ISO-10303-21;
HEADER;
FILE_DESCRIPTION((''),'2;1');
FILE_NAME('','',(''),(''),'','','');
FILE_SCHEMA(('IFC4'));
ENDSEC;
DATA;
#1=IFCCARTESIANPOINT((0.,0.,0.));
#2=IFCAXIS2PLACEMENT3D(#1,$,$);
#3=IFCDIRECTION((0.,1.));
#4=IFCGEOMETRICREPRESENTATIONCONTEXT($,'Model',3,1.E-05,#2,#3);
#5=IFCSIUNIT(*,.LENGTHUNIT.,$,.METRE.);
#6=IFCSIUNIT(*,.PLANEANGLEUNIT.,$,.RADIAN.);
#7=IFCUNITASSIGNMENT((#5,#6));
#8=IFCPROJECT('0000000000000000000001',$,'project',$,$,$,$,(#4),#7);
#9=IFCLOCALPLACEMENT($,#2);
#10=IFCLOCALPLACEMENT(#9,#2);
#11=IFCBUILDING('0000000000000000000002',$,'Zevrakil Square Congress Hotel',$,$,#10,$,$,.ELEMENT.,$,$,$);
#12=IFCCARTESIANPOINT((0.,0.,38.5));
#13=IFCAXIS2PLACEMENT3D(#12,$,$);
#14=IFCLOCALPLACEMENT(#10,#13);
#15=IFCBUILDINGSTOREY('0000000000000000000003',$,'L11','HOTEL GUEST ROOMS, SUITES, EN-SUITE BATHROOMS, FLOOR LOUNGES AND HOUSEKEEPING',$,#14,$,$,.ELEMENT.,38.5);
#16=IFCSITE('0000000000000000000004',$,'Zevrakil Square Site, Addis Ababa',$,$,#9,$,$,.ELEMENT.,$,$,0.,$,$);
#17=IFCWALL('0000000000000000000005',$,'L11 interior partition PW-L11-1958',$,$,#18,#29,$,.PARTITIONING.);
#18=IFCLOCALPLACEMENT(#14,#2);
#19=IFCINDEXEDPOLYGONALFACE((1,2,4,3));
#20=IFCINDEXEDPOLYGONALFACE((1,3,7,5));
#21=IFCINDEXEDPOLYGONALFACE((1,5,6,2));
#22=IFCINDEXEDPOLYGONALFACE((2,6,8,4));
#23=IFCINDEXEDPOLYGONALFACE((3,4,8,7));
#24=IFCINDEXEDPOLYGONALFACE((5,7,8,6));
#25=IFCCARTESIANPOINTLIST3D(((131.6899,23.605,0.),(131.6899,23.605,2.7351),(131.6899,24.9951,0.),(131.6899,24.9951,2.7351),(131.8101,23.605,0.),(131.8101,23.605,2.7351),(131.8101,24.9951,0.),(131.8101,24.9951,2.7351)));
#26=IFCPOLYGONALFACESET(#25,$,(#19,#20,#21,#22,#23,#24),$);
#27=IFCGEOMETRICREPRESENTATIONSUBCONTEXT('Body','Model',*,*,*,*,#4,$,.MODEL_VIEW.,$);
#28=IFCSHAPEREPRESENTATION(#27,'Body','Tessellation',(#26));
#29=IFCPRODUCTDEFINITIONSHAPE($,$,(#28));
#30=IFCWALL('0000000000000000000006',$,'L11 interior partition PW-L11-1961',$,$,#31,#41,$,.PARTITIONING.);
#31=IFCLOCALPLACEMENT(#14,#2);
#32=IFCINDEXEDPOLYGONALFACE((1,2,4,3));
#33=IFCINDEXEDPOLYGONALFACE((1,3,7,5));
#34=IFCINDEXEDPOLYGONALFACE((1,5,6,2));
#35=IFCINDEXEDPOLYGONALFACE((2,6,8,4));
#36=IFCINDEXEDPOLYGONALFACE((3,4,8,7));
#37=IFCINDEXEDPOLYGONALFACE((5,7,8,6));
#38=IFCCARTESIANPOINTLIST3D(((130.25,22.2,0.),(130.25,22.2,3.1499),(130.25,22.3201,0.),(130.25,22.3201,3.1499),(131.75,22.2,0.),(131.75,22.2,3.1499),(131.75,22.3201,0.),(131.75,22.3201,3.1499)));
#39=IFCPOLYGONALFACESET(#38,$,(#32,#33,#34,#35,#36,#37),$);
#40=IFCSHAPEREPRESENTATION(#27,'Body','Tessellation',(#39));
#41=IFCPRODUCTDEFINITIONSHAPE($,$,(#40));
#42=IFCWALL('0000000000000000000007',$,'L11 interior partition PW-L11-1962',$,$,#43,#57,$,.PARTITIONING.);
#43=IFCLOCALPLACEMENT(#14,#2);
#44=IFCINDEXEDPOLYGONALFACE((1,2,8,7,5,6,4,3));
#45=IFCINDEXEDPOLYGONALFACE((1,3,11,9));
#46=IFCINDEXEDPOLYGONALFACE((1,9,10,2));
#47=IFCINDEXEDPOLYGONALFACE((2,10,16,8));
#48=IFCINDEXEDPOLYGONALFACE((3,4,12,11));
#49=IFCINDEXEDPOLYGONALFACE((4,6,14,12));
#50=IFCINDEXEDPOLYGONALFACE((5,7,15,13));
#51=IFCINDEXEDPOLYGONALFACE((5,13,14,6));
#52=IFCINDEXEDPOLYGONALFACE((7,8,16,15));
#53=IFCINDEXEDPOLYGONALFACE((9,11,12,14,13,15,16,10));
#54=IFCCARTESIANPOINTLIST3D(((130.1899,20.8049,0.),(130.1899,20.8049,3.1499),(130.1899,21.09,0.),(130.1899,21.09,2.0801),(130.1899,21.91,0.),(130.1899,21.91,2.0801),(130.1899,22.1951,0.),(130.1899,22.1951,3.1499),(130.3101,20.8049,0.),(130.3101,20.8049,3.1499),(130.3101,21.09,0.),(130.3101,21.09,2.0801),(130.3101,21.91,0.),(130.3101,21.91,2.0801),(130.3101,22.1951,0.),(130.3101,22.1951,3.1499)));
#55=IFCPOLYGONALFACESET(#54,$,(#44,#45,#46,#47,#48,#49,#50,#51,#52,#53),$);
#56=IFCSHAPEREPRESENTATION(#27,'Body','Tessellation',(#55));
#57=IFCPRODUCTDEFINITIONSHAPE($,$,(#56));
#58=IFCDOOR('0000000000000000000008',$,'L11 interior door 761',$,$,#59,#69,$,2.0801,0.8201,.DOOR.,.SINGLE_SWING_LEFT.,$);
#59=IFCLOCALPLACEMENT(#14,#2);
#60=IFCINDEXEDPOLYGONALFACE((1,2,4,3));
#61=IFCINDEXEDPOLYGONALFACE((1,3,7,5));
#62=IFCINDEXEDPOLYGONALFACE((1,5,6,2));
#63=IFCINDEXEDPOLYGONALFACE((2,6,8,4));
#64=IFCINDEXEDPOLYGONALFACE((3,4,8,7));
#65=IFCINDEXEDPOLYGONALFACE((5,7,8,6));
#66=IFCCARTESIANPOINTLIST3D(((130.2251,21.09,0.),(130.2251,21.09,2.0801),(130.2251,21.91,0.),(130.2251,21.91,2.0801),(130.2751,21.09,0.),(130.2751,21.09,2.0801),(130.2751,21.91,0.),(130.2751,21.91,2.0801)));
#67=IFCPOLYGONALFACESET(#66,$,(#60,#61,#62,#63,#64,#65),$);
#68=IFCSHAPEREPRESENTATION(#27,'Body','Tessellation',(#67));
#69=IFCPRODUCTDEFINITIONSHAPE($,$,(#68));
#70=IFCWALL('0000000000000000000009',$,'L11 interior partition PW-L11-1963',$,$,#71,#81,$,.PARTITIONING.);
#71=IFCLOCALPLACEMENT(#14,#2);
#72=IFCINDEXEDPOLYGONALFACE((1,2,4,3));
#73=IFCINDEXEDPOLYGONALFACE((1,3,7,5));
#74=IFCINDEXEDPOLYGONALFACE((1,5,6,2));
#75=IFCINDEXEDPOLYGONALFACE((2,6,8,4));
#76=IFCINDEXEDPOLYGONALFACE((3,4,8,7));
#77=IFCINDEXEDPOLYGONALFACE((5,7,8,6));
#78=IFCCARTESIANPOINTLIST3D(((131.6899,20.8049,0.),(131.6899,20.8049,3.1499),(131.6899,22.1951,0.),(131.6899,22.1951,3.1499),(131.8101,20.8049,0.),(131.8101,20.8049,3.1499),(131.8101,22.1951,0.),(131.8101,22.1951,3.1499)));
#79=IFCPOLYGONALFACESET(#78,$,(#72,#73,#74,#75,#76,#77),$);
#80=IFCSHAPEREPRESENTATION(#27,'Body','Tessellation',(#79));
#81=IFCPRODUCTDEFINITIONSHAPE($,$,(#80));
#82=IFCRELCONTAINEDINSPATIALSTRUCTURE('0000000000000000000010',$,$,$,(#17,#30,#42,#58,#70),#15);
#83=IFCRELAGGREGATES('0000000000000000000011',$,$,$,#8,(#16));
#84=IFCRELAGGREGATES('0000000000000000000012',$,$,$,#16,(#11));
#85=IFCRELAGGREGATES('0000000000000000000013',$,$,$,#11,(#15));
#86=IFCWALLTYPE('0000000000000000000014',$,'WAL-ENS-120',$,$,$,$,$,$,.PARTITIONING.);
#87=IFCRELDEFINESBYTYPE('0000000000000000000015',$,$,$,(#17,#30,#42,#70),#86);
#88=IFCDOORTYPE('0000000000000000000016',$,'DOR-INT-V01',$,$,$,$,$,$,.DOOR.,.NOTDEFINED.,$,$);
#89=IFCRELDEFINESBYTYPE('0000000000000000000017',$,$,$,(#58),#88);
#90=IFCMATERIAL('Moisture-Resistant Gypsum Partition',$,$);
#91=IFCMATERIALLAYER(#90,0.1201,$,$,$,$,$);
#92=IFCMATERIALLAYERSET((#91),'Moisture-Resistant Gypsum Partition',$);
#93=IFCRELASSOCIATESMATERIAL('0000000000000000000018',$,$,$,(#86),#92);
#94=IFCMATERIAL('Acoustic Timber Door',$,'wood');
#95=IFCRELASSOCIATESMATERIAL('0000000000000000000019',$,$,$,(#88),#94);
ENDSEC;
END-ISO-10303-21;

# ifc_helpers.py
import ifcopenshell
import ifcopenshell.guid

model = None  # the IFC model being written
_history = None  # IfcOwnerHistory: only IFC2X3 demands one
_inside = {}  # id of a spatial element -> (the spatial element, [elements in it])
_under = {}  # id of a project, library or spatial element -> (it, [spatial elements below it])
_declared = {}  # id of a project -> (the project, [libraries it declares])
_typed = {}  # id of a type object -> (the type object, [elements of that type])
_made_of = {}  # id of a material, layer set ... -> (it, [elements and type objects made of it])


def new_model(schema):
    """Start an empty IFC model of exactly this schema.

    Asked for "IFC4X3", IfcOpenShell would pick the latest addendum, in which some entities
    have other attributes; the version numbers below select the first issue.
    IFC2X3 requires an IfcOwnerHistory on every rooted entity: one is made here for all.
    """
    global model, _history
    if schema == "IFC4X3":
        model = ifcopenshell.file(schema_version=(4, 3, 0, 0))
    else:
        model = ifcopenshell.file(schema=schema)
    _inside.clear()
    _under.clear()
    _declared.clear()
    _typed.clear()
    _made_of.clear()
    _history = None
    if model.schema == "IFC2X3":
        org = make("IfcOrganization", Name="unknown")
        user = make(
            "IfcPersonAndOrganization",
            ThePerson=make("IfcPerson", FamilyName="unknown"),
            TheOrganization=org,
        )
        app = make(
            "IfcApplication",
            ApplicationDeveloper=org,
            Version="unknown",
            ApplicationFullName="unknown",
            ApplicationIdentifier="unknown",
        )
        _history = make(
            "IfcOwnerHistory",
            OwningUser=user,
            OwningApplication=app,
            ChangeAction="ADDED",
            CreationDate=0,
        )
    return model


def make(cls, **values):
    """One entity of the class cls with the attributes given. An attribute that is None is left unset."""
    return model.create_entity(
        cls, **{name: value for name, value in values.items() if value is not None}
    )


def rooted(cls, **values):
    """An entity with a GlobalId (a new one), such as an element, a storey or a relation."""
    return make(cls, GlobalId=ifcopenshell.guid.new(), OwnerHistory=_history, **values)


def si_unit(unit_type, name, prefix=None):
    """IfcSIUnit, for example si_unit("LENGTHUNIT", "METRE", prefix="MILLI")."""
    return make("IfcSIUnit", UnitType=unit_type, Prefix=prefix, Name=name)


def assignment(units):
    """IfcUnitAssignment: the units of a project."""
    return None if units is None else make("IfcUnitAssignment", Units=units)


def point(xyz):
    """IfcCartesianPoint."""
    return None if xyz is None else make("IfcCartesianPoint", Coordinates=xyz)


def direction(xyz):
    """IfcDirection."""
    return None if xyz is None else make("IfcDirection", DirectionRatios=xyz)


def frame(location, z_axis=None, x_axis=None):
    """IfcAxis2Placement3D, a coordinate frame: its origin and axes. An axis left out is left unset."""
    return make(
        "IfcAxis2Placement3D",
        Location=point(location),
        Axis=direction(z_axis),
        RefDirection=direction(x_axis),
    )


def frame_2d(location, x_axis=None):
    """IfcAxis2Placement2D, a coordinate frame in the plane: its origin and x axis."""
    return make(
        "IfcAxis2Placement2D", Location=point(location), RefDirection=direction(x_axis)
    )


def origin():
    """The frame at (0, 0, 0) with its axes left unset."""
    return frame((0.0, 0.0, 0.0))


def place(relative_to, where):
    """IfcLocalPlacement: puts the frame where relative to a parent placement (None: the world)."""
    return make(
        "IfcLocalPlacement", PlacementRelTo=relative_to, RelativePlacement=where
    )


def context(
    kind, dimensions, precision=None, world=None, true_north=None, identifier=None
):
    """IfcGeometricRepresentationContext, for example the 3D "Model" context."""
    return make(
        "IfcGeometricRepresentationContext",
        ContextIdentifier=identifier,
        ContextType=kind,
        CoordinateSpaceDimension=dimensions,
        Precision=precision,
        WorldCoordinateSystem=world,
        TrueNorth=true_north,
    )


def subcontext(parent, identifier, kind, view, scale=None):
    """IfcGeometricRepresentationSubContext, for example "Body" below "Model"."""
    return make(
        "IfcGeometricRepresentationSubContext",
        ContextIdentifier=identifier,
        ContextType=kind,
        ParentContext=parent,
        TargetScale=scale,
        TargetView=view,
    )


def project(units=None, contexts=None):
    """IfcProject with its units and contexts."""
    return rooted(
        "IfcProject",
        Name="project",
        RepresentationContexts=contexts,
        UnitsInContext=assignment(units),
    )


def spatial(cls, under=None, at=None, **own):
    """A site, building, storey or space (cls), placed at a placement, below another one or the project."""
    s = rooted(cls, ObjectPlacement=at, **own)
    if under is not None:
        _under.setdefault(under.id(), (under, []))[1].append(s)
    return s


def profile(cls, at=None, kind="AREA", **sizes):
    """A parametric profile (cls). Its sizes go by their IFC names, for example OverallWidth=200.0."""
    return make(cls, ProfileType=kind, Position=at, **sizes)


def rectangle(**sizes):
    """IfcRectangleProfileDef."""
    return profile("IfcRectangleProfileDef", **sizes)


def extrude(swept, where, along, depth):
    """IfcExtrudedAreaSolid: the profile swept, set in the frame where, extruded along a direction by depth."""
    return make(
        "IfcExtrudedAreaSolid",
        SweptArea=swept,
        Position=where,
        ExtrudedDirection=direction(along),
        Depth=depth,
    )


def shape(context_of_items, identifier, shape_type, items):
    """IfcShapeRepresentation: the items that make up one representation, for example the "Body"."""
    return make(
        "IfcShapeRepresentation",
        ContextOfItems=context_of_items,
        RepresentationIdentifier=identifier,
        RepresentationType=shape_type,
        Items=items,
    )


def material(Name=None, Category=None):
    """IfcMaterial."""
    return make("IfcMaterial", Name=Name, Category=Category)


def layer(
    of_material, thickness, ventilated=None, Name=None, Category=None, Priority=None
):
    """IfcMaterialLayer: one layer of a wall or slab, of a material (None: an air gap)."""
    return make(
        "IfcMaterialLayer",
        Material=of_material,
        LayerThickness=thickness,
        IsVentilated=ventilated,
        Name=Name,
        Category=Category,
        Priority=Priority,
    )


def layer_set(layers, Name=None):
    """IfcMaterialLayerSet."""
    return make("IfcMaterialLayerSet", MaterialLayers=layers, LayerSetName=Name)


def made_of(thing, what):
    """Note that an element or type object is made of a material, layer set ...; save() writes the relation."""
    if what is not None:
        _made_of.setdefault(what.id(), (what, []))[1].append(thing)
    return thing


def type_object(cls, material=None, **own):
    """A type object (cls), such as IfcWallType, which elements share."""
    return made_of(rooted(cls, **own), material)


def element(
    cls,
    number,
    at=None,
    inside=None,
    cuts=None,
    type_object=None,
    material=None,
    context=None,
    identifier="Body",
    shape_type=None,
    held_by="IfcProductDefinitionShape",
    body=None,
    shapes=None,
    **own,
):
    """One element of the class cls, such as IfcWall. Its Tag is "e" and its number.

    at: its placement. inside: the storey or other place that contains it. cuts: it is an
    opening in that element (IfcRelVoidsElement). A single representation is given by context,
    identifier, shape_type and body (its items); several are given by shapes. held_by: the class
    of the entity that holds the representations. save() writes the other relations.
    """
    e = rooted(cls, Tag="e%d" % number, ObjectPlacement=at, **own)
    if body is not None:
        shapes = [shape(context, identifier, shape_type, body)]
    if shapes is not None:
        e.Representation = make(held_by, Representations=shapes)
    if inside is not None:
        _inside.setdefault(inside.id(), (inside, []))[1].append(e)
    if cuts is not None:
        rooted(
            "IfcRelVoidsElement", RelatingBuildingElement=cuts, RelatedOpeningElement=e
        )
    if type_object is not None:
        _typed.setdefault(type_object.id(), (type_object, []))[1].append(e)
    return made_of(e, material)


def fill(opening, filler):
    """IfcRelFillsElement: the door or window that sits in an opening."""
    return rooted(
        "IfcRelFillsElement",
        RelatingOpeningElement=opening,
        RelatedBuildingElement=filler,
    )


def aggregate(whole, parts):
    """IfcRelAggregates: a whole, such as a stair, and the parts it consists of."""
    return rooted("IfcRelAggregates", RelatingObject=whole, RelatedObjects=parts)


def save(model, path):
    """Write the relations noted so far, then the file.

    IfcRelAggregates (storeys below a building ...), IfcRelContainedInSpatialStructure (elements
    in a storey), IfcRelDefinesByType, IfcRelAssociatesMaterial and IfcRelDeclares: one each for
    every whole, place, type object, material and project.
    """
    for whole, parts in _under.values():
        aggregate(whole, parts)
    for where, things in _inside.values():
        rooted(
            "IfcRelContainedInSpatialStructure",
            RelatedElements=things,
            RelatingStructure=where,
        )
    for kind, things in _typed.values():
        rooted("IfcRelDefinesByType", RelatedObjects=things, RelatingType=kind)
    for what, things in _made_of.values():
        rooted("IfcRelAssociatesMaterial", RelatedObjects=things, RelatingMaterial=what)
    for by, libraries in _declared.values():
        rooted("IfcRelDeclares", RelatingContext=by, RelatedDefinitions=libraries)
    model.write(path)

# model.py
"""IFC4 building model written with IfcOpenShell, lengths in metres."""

from ifc_helpers import new_model, si_unit, direction, frame, frame_2d, origin, place, context, subcontext, project, spatial, rectangle, extrude, material, layer, layer_set, type_object, element, fill, save


model = new_model("IFC4")

# Units and contexts
model_context = context("Model", 3, precision=1e-05, world=origin(), true_north=direction((0.0, 1.0)))
body_context = subcontext(model_context, "Body", "Model", "MODEL_VIEW")
ifc_project = project(units=[si_unit("LENGTHUNIT", "METRE"), si_unit("PLANEANGLEUNIT", "RADIAN")], contexts=[model_context])

# Site, building, storey
site_placement = place(None, origin())
site = spatial("IfcSite", under=ifc_project, at=site_placement, Name="Zevrakil Square Site, Addis Ababa", CompositionType="ELEMENT", RefElevation=0.0)
building_placement = place(site_placement, origin())
building = spatial("IfcBuilding", under=site, at=building_placement, Name="Zevrakil Square Congress Hotel", CompositionType="ELEMENT")
storey_placement = place(building_placement, frame((0.0, 0.0, 38.5)))
storey = spatial("IfcBuildingStorey", under=building, at=storey_placement, Name="L11", Description="HOTEL GUEST ROOMS, SUITES, EN-SUITE BATHROOMS, FLOOR LOUNGES AND HOUSEKEEPING", CompositionType="ELEMENT", Elevation=38.5)

# Shared definitions
ifc_material_1 = material(Name="Moisture-Resistant Gypsum Partition")
ifc_layer_1 = layer(ifc_material_1, 0.1201)
ifc_layer_set_1 = layer_set([ifc_layer_1], Name="Moisture-Resistant Gypsum Partition")
wall_type_1 = type_object("IfcWallType", Name="WAL-ENS-120", PredefinedType="PARTITIONING", material=ifc_layer_set_1)

# Shared definitions
ifc_material_2 = material(Name="Acoustic Timber Door", Category="wood")
door_type_1 = type_object("IfcDoorType", Name="DOR-INT-V01", OperationType="NOTDEFINED", PredefinedType="DOOR", material=ifc_material_2)

# Walls
wall_1_placement = place(storey_placement, frame((131.75, 23.605, 0.0), z_axis=(0.0, 0.0, 1.0), x_axis=(0.0, 1.0, 0.0)))
element("IfcWall", 1, at=wall_1_placement, inside=storey, type_object=wall_type_1, Name="L11 interior partition PW-L11-1958", PredefinedType="PARTITIONING", context=body_context, shape_type="SweptSolid", body=[
    extrude(rectangle(XDim=1.3901, YDim=0.1201, at=frame_2d((0.6951, 0.0))), origin(), (0.0, 0.0, 1.0), 2.7351),
])
wall_2_placement = place(storey_placement, frame((130.25, 22.26, 0.0), z_axis=(0.0, 0.0, 1.0), x_axis=(1.0, 0.0, 0.0)))
element("IfcWall", 2, at=wall_2_placement, inside=storey, type_object=wall_type_1, Name="L11 interior partition PW-L11-1961", PredefinedType="PARTITIONING", context=body_context, shape_type="SweptSolid", body=[
    extrude(rectangle(XDim=1.5, YDim=0.1201, at=frame_2d((0.75, 0.0))), origin(), (0.0, 0.0, 1.0), 3.1499),
])

# Wall, opening, door
wall_3_placement = place(storey_placement, frame((130.25, 20.8049, 0.0), z_axis=(0.0, 0.0, 1.0), x_axis=(0.0, 1.0, 0.0)))
wall_3 = element("IfcWall", 3, at=wall_3_placement, inside=storey, type_object=wall_type_1, Name="L11 interior partition PW-L11-1962", PredefinedType="PARTITIONING", context=body_context, shape_type="SweptSolid", body=[
    extrude(rectangle(XDim=1.3901, YDim=0.1201, at=frame_2d((0.6951, 0.0))), origin(), (0.0, 0.0, 1.0), 3.1499),
])
opening_1_placement = place(wall_3_placement, frame((0.2849, 0.0, 0.0)))
opening_1 = element("IfcOpeningElement", 4, at=opening_1_placement, cuts=wall_3, PredefinedType="OPENING", context=body_context, shape_type="SweptSolid", body=[
    extrude(rectangle(XDim=0.8201, YDim=2.0801, at=frame_2d((0.4102, 1.04))), frame((0.0, 0.0701, 0.0), z_axis=(0.0, -1.0, 0.0), x_axis=(1.0, 0.0, 0.0)), (0.0, 0.0, 1.0), 0.1401),
])
door_1_placement = place(opening_1_placement, origin())
door_1 = element("IfcDoor", 5, at=door_1_placement, inside=storey, type_object=door_type_1, Name="L11 interior door 761", OperationType="SINGLE_SWING_LEFT", OverallHeight=2.0801, OverallWidth=0.8201, PredefinedType="DOOR", context=body_context, shape_type="SweptSolid", body=[
    extrude(rectangle(XDim=0.8201, YDim=2.0801, at=frame_2d((0.4102, 1.04))), frame((0.0, 0.0249, 0.0), z_axis=(0.0, -1.0, 0.0), x_axis=(1.0, 0.0, 0.0)), (0.0, 0.0, 1.0), 0.05),
])
fill(opening_1, door_1)

# Wall
wall_4_placement = place(storey_placement, frame((131.75, 20.8049, 0.0), z_axis=(0.0, 0.0, 1.0), x_axis=(0.0, 1.0, 0.0)))
element("IfcWall", 6, at=wall_4_placement, inside=storey, type_object=wall_type_1, Name="L11 interior partition PW-L11-1963", PredefinedType="PARTITIONING", context=body_context, shape_type="SweptSolid", body=[
    extrude(rectangle(XDim=1.3901, YDim=0.1201, at=frame_2d((0.6951, 0.0))), origin(), (0.0, 0.0, 1.0), 3.1499),
])

save(model, "model.ifc")
